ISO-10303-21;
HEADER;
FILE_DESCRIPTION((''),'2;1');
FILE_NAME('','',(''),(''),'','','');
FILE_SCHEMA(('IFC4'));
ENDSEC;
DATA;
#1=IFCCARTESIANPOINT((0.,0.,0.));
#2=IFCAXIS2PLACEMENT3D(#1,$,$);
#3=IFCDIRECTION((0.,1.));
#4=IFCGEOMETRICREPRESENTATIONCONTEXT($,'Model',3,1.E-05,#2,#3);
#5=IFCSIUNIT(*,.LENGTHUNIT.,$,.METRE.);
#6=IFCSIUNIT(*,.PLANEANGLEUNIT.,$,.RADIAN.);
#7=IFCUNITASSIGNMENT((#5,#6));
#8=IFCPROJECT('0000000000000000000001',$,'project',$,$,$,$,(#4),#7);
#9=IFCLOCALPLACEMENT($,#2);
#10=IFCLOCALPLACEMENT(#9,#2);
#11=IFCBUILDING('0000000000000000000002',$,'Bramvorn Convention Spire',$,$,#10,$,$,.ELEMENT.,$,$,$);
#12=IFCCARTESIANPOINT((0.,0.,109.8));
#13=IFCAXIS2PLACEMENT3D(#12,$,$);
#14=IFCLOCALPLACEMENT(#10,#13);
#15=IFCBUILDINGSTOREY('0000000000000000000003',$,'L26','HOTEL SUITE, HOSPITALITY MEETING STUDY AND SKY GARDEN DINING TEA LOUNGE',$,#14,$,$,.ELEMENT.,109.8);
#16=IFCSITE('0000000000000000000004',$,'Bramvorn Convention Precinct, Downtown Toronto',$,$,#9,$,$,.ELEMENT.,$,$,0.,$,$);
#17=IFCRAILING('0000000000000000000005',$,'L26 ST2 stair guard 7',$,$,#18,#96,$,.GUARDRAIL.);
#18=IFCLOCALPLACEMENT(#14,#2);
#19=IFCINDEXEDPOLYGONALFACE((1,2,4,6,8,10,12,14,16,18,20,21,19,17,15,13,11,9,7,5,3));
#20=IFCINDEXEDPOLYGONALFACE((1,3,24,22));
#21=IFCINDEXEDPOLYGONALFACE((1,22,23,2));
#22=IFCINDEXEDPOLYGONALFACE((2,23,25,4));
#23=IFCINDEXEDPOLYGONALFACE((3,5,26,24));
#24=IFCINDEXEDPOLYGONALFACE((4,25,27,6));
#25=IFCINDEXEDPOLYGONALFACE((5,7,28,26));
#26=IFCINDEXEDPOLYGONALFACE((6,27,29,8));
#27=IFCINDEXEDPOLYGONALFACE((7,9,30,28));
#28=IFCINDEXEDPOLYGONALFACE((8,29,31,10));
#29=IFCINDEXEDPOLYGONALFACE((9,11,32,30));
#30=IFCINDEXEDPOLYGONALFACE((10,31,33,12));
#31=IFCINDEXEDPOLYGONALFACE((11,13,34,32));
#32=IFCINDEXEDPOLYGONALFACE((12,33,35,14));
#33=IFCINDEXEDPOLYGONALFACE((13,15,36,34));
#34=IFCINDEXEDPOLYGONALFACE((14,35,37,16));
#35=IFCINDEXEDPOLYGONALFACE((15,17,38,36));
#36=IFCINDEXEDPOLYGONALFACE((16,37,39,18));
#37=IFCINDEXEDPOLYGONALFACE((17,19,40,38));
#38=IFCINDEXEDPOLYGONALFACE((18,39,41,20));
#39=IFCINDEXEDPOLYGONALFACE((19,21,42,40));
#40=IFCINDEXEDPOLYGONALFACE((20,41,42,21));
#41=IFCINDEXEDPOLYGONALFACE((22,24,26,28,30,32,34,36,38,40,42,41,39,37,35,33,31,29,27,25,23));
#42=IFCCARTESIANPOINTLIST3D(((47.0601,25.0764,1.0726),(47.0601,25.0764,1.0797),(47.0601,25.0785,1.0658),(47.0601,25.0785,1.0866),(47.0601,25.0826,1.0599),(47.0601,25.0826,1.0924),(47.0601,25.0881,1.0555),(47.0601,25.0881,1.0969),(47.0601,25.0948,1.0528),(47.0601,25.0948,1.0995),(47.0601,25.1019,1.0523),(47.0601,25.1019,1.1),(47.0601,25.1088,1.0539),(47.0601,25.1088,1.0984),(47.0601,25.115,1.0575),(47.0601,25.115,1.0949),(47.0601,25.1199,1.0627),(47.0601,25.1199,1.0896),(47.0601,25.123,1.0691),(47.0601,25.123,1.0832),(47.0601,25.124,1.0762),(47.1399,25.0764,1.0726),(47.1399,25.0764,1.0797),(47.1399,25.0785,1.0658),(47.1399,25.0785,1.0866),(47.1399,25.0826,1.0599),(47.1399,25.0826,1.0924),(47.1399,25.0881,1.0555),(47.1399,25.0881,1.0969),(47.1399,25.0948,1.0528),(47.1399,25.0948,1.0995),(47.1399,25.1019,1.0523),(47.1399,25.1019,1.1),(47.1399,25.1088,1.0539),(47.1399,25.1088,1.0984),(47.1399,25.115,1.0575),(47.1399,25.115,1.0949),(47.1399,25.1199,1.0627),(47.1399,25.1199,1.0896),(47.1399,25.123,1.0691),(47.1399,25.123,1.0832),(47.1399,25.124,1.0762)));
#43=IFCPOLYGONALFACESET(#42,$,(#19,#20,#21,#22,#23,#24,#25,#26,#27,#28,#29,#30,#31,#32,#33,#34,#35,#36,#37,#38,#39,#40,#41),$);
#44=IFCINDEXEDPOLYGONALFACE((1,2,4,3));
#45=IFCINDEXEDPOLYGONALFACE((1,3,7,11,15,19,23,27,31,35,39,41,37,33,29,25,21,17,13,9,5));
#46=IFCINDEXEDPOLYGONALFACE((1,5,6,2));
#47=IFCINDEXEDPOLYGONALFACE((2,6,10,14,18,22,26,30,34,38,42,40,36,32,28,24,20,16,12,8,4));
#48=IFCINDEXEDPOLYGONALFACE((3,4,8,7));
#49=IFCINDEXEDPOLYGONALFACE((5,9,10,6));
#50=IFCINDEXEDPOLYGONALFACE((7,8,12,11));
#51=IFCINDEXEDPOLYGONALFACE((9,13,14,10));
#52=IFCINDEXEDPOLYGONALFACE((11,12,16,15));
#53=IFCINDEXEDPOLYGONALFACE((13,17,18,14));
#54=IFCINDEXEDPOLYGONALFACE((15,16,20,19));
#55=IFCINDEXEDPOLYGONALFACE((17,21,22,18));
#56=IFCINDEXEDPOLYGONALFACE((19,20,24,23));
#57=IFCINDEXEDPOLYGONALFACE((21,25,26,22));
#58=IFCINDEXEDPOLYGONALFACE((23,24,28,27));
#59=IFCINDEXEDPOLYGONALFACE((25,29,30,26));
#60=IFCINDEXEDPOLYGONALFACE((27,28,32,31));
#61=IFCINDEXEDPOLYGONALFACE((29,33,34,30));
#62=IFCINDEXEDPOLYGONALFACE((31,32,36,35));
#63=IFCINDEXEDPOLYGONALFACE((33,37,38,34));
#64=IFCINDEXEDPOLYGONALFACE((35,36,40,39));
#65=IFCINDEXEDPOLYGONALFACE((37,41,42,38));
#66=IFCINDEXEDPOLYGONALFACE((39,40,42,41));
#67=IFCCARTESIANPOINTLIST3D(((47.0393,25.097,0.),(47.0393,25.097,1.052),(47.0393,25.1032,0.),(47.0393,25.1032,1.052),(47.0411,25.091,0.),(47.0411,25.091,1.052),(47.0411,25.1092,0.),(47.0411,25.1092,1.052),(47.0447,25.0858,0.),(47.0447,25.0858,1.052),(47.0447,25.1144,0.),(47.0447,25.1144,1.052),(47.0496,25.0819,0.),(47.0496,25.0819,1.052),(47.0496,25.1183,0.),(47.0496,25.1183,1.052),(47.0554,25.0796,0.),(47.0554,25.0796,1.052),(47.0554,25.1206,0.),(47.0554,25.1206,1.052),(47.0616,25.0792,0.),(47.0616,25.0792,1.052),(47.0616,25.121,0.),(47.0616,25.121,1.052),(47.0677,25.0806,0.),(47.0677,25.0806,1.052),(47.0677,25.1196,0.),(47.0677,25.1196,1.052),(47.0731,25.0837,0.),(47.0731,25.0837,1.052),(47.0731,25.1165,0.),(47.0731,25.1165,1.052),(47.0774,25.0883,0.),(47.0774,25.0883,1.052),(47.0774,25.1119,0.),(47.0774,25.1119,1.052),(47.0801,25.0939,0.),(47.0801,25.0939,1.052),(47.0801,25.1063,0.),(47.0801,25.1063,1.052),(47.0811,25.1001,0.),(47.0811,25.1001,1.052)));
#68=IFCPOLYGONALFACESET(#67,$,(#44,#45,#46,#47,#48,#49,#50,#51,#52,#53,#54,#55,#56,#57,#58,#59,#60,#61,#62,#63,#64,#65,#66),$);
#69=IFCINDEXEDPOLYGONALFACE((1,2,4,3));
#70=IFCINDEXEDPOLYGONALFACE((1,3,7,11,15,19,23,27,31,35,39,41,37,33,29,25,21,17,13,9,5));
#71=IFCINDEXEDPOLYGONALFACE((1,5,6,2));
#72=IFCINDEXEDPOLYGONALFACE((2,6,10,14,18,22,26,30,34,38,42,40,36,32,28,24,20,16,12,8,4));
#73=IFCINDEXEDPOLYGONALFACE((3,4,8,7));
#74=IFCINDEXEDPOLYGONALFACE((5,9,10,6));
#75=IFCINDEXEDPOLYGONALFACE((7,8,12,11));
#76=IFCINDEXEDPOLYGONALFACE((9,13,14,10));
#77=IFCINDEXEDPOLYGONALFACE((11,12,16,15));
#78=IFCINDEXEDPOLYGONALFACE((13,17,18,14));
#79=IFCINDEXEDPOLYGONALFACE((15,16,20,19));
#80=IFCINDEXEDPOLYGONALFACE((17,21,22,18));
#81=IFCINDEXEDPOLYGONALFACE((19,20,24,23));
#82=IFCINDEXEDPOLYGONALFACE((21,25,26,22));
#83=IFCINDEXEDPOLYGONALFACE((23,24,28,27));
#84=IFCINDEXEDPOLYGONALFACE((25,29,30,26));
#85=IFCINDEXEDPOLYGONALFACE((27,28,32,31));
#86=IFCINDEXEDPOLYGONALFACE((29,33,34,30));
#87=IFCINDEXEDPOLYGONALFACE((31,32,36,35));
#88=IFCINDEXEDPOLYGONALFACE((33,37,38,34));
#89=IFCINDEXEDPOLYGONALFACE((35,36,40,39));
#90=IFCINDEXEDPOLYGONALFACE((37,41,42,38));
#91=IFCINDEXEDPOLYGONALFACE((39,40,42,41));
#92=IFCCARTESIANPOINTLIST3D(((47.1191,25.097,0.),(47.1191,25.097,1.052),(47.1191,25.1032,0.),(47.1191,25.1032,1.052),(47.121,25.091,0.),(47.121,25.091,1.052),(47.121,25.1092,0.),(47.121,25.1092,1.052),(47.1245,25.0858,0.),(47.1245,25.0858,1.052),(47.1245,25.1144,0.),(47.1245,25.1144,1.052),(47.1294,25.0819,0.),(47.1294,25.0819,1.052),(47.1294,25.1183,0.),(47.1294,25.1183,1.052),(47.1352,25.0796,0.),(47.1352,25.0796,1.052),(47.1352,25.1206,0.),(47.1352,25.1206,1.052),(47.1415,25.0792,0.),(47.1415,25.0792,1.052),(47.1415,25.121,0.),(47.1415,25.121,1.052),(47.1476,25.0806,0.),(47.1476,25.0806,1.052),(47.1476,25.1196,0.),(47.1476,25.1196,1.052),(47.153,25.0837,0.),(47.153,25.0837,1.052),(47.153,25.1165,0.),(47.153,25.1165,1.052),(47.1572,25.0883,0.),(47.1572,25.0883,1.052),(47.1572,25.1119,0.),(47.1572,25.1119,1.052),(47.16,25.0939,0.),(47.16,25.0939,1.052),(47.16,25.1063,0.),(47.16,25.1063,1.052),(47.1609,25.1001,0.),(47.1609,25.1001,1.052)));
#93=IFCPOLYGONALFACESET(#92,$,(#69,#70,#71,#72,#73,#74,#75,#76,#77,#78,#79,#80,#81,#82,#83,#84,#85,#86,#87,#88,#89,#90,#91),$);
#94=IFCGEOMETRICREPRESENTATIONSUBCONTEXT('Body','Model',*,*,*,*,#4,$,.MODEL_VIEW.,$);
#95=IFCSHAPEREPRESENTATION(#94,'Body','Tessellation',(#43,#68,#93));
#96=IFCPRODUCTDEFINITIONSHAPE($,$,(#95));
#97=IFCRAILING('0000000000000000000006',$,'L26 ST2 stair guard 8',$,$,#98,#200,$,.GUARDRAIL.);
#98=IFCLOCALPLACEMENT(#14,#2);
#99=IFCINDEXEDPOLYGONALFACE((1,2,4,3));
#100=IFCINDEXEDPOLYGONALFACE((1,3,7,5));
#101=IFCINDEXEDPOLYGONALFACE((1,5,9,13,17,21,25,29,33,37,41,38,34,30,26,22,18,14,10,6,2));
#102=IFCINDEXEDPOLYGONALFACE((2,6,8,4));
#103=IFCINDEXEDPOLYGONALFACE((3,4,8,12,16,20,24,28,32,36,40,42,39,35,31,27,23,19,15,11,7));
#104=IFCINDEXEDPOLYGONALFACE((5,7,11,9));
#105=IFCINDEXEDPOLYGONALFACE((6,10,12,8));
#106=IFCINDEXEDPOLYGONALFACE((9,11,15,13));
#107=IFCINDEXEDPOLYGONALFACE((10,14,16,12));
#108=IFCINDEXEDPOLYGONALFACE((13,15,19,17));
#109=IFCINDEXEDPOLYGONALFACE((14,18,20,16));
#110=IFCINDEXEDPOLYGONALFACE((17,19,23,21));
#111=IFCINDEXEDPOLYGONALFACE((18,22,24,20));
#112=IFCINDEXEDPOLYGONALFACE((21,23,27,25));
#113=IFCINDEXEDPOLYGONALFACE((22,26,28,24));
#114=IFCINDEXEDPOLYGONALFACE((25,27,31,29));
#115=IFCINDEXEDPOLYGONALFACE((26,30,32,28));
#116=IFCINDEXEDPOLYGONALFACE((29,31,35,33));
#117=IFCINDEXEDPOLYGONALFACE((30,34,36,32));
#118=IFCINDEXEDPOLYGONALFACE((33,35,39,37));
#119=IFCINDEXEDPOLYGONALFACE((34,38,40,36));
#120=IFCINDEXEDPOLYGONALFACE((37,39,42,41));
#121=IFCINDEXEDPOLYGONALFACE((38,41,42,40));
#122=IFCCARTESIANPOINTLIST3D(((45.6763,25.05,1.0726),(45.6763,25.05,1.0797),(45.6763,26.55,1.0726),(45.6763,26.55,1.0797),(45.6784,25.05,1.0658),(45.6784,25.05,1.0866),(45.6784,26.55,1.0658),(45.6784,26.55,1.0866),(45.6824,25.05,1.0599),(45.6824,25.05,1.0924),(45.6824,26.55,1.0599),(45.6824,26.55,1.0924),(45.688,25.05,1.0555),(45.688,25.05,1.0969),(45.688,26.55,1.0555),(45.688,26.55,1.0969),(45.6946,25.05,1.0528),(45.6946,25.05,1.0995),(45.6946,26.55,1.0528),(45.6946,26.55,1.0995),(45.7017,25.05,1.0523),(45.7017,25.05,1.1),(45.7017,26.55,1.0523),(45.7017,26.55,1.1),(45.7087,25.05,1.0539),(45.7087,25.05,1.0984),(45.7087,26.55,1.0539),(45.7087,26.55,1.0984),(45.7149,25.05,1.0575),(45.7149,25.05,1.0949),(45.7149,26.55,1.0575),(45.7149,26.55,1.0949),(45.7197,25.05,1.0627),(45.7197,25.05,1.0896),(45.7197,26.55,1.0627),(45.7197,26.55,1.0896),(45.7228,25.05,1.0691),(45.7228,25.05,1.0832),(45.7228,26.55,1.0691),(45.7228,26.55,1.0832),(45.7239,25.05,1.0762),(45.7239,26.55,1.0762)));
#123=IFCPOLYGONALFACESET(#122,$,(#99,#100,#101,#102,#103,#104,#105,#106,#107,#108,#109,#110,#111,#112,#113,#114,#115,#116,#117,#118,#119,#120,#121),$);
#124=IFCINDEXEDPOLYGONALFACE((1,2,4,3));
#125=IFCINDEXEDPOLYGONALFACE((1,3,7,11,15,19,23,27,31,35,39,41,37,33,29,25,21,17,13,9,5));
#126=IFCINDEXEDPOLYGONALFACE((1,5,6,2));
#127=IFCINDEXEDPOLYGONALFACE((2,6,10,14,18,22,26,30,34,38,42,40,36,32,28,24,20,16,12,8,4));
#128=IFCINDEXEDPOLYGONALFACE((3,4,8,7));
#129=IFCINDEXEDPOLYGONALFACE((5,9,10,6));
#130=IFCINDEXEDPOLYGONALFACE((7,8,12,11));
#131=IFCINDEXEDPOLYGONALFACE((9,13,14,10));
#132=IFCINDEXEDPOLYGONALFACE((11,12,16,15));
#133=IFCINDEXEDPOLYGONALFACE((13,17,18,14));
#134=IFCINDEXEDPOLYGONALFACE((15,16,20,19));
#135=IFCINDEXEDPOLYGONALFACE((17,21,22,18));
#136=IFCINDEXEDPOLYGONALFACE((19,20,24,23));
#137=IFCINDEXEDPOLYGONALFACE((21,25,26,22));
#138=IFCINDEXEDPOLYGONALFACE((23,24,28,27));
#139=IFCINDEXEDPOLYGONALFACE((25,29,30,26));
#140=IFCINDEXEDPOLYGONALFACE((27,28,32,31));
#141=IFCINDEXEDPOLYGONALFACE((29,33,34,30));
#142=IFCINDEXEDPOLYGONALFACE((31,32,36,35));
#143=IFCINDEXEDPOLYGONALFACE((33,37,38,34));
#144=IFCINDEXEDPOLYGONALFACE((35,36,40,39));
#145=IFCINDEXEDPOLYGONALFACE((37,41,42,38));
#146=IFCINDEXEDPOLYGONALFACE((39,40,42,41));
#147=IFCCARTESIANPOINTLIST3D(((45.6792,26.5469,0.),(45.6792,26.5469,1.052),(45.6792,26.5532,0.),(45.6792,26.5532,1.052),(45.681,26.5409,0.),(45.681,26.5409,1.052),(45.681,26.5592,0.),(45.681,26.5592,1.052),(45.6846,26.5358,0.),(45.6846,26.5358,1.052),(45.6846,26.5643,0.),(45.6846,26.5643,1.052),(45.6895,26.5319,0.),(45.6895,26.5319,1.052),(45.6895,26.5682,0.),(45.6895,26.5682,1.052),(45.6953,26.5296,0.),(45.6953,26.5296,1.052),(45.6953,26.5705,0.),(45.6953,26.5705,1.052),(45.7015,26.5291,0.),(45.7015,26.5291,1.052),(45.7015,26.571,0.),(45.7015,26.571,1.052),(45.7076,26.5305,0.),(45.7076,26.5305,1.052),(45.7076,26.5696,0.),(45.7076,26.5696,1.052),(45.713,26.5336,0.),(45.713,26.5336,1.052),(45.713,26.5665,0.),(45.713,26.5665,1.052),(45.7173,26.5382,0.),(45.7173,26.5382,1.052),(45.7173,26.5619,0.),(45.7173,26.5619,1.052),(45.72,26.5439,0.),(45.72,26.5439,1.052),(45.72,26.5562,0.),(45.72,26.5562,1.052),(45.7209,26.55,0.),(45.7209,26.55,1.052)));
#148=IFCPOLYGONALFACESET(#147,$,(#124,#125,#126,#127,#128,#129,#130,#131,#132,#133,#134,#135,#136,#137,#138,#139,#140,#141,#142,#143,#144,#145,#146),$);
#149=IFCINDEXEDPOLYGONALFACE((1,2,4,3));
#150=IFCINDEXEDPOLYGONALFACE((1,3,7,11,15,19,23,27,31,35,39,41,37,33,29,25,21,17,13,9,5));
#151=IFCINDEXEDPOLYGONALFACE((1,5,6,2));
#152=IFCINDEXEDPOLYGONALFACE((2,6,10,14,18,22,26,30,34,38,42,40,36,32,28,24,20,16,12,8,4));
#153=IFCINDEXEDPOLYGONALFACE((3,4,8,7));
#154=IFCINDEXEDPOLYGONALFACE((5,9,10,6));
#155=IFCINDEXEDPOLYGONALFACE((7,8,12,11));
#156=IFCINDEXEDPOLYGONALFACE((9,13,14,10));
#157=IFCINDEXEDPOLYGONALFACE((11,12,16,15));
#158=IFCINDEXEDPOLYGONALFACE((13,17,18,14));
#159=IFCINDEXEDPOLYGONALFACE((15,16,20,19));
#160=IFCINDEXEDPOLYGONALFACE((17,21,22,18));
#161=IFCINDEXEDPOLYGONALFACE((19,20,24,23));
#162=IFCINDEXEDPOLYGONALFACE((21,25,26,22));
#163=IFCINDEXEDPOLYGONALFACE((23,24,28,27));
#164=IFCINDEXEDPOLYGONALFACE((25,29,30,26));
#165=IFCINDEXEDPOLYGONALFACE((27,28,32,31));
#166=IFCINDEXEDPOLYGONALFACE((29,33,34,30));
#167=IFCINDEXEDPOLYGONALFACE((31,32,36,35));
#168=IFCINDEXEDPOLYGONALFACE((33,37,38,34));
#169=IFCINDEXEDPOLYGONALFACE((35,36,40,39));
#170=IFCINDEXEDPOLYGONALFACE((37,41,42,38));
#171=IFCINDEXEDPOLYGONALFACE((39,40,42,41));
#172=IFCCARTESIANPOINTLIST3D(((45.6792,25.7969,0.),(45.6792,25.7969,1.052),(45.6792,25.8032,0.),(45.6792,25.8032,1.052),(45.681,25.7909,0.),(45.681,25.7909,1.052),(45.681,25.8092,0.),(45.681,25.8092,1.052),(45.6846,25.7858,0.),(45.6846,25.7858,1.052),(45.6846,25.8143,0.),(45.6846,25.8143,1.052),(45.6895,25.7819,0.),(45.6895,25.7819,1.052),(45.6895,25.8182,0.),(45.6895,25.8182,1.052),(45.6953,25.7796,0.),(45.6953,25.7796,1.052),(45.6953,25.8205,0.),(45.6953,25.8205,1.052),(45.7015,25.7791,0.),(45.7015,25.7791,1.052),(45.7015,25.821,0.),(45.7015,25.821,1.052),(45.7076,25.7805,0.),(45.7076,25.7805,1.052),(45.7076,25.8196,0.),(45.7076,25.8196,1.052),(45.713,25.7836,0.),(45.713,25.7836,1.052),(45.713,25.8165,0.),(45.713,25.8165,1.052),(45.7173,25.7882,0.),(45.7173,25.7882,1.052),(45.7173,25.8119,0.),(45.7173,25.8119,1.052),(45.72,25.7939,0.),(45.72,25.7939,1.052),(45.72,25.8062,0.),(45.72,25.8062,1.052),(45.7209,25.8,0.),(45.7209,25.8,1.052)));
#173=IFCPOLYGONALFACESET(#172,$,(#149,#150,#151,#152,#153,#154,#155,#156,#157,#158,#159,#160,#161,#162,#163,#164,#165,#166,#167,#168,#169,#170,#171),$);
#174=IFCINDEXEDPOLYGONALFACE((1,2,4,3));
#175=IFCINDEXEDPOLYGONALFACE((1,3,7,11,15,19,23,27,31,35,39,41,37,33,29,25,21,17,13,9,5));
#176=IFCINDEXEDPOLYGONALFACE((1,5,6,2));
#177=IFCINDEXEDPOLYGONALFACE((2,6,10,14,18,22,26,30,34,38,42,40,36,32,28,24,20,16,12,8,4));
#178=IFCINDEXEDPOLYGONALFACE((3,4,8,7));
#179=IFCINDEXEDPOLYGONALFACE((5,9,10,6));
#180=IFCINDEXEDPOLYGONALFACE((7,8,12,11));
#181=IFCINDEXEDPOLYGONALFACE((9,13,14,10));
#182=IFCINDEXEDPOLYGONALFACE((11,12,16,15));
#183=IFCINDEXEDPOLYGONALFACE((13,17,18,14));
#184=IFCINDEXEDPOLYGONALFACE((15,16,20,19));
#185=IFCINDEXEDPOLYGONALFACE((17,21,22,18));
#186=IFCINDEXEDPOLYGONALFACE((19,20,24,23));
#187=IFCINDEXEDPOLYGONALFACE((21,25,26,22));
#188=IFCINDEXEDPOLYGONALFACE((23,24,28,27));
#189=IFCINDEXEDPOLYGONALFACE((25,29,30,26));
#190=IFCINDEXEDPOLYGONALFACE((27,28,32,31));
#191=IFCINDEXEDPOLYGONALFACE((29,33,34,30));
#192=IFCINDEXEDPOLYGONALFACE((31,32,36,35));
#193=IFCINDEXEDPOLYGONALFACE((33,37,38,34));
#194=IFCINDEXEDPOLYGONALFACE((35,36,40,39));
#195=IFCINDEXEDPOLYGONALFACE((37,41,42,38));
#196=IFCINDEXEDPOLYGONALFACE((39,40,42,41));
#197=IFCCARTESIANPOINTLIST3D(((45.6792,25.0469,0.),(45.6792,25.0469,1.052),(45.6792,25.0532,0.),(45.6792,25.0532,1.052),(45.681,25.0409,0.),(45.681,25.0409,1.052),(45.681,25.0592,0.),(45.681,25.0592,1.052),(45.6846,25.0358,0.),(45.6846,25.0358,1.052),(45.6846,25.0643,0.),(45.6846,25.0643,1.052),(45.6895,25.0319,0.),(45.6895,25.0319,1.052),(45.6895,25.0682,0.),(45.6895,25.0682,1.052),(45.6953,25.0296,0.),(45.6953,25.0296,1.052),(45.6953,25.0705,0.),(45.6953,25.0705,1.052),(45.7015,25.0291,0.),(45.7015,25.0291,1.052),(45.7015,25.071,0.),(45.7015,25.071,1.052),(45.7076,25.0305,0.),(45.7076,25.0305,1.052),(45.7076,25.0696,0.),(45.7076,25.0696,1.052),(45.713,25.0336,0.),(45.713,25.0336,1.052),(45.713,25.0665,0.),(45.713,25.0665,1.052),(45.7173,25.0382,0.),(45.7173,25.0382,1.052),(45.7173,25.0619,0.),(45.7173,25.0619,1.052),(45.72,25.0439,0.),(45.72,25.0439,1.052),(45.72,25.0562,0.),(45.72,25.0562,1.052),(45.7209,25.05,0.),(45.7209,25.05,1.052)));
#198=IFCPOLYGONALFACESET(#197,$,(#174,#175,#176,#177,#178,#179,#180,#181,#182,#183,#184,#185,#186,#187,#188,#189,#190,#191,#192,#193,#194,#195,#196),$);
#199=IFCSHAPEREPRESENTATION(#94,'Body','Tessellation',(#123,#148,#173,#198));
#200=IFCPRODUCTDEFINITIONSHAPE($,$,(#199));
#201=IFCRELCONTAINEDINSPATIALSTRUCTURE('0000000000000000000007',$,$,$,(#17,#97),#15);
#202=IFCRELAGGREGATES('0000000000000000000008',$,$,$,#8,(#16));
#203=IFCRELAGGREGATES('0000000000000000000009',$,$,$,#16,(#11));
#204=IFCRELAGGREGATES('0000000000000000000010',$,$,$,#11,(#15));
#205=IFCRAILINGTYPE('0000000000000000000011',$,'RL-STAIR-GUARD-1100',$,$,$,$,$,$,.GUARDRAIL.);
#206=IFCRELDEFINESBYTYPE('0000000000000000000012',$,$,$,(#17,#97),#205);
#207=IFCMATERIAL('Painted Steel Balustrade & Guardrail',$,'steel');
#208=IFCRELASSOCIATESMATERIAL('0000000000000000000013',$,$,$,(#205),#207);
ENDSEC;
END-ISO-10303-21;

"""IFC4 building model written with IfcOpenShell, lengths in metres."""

from ifc_helpers import new_model, si_unit, direction, frame, origin, origin_2d, place, context, subcontext, project, spatial, circle, extrude, material, type_object, element, save


model = new_model("IFC4")

# Units and contexts
model_context = context("Model", 3, precision=1e-05, world=origin(), true_north=direction((0.0, 1.0)))
body_context = subcontext(model_context, "Body", "Model", "MODEL_VIEW")
ifc_project = project(units=[si_unit("LENGTHUNIT", "METRE"), si_unit("PLANEANGLEUNIT", "RADIAN")], contexts=[model_context])

# Site, building, storey
site_placement = place(None, origin())
site = spatial("IfcSite", under=ifc_project, at=site_placement, Name="Bramvorn Convention Precinct, Downtown Toronto", CompositionType="ELEMENT", RefElevation=0.0)
building_placement = place(site_placement, origin())
building = spatial("IfcBuilding", under=site, at=building_placement, Name="Bramvorn Convention Spire", CompositionType="ELEMENT")
storey_placement = place(building_placement, frame((0.0, 0.0, 109.8)))
storey = spatial("IfcBuildingStorey", under=building, at=storey_placement, Name="L26", Description="HOTEL SUITE, HOSPITALITY MEETING STUDY AND SKY GARDEN DINING TEA LOUNGE", CompositionType="ELEMENT", Elevation=109.8)

# Railings
ifc_material_1 = material(Name="Painted Steel Balustrade & Guardrail", Category="steel")
railing_type_1 = type_object("IfcRailingType", Name="RL-STAIR-GUARD-1100", PredefinedType="GUARDRAIL", material=ifc_material_1)
railing_1_placement = place(storey_placement, frame((47.0601, 25.1001, 0.0)))
element("IfcRailing", 1, at=railing_1_placement, inside=storey, type_object=railing_type_1, Name="L26 ST2 stair guard 7", PredefinedType="GUARDRAIL", context=body_context, shape_type="SweptSolid", body=[
    extrude(circle(Radius=0.0239, at=origin_2d()), frame((0.0, 0.0, 1.0762), z_axis=(1.0, 0.0, 0.0), x_axis=(0.0, 1.0, 0.0)), (0.0, 0.0, 1.0), 0.0798),
    extrude(circle(Radius=0.021, at=origin_2d()), origin(), (0.0, 0.0, 1.0), 1.052),
    extrude(circle(Radius=0.021, at=origin_2d()), frame((0.0798, 0.0, 0.0)), (0.0, 0.0, 1.0), 1.052),
])
for number, where, name in (
    (2, (45.7, 26.55, 0.0), "L26 ST2 stair guard 8"),
):
    element("IfcRailing", number, at=place(storey_placement, frame(where)), inside=storey, type_object=railing_type_1, Name=name, PredefinedType="GUARDRAIL", context=body_context, shape_type="SweptSolid", body=[
        extrude(circle(Radius=0.0239, at=origin_2d()), frame((0.0, 0.0, 1.0762), z_axis=(0.0, -1.0, 0.0), x_axis=(1.0, 0.0, 0.0)), (0.0, 0.0, 1.0), 1.5),
        extrude(circle(Radius=0.021, at=origin_2d()), origin(), (0.0, 0.0, 1.0), 1.052),
        extrude(circle(Radius=0.021, at=origin_2d()), frame((0.0, -0.75, 0.0)), (0.0, 0.0, 1.0), 1.052),
        extrude(circle(Radius=0.021, at=origin_2d()), frame((0.0, -1.5, 0.0)), (0.0, 0.0, 1.0), 1.052),
    ])

save(model, "model.ifc")
